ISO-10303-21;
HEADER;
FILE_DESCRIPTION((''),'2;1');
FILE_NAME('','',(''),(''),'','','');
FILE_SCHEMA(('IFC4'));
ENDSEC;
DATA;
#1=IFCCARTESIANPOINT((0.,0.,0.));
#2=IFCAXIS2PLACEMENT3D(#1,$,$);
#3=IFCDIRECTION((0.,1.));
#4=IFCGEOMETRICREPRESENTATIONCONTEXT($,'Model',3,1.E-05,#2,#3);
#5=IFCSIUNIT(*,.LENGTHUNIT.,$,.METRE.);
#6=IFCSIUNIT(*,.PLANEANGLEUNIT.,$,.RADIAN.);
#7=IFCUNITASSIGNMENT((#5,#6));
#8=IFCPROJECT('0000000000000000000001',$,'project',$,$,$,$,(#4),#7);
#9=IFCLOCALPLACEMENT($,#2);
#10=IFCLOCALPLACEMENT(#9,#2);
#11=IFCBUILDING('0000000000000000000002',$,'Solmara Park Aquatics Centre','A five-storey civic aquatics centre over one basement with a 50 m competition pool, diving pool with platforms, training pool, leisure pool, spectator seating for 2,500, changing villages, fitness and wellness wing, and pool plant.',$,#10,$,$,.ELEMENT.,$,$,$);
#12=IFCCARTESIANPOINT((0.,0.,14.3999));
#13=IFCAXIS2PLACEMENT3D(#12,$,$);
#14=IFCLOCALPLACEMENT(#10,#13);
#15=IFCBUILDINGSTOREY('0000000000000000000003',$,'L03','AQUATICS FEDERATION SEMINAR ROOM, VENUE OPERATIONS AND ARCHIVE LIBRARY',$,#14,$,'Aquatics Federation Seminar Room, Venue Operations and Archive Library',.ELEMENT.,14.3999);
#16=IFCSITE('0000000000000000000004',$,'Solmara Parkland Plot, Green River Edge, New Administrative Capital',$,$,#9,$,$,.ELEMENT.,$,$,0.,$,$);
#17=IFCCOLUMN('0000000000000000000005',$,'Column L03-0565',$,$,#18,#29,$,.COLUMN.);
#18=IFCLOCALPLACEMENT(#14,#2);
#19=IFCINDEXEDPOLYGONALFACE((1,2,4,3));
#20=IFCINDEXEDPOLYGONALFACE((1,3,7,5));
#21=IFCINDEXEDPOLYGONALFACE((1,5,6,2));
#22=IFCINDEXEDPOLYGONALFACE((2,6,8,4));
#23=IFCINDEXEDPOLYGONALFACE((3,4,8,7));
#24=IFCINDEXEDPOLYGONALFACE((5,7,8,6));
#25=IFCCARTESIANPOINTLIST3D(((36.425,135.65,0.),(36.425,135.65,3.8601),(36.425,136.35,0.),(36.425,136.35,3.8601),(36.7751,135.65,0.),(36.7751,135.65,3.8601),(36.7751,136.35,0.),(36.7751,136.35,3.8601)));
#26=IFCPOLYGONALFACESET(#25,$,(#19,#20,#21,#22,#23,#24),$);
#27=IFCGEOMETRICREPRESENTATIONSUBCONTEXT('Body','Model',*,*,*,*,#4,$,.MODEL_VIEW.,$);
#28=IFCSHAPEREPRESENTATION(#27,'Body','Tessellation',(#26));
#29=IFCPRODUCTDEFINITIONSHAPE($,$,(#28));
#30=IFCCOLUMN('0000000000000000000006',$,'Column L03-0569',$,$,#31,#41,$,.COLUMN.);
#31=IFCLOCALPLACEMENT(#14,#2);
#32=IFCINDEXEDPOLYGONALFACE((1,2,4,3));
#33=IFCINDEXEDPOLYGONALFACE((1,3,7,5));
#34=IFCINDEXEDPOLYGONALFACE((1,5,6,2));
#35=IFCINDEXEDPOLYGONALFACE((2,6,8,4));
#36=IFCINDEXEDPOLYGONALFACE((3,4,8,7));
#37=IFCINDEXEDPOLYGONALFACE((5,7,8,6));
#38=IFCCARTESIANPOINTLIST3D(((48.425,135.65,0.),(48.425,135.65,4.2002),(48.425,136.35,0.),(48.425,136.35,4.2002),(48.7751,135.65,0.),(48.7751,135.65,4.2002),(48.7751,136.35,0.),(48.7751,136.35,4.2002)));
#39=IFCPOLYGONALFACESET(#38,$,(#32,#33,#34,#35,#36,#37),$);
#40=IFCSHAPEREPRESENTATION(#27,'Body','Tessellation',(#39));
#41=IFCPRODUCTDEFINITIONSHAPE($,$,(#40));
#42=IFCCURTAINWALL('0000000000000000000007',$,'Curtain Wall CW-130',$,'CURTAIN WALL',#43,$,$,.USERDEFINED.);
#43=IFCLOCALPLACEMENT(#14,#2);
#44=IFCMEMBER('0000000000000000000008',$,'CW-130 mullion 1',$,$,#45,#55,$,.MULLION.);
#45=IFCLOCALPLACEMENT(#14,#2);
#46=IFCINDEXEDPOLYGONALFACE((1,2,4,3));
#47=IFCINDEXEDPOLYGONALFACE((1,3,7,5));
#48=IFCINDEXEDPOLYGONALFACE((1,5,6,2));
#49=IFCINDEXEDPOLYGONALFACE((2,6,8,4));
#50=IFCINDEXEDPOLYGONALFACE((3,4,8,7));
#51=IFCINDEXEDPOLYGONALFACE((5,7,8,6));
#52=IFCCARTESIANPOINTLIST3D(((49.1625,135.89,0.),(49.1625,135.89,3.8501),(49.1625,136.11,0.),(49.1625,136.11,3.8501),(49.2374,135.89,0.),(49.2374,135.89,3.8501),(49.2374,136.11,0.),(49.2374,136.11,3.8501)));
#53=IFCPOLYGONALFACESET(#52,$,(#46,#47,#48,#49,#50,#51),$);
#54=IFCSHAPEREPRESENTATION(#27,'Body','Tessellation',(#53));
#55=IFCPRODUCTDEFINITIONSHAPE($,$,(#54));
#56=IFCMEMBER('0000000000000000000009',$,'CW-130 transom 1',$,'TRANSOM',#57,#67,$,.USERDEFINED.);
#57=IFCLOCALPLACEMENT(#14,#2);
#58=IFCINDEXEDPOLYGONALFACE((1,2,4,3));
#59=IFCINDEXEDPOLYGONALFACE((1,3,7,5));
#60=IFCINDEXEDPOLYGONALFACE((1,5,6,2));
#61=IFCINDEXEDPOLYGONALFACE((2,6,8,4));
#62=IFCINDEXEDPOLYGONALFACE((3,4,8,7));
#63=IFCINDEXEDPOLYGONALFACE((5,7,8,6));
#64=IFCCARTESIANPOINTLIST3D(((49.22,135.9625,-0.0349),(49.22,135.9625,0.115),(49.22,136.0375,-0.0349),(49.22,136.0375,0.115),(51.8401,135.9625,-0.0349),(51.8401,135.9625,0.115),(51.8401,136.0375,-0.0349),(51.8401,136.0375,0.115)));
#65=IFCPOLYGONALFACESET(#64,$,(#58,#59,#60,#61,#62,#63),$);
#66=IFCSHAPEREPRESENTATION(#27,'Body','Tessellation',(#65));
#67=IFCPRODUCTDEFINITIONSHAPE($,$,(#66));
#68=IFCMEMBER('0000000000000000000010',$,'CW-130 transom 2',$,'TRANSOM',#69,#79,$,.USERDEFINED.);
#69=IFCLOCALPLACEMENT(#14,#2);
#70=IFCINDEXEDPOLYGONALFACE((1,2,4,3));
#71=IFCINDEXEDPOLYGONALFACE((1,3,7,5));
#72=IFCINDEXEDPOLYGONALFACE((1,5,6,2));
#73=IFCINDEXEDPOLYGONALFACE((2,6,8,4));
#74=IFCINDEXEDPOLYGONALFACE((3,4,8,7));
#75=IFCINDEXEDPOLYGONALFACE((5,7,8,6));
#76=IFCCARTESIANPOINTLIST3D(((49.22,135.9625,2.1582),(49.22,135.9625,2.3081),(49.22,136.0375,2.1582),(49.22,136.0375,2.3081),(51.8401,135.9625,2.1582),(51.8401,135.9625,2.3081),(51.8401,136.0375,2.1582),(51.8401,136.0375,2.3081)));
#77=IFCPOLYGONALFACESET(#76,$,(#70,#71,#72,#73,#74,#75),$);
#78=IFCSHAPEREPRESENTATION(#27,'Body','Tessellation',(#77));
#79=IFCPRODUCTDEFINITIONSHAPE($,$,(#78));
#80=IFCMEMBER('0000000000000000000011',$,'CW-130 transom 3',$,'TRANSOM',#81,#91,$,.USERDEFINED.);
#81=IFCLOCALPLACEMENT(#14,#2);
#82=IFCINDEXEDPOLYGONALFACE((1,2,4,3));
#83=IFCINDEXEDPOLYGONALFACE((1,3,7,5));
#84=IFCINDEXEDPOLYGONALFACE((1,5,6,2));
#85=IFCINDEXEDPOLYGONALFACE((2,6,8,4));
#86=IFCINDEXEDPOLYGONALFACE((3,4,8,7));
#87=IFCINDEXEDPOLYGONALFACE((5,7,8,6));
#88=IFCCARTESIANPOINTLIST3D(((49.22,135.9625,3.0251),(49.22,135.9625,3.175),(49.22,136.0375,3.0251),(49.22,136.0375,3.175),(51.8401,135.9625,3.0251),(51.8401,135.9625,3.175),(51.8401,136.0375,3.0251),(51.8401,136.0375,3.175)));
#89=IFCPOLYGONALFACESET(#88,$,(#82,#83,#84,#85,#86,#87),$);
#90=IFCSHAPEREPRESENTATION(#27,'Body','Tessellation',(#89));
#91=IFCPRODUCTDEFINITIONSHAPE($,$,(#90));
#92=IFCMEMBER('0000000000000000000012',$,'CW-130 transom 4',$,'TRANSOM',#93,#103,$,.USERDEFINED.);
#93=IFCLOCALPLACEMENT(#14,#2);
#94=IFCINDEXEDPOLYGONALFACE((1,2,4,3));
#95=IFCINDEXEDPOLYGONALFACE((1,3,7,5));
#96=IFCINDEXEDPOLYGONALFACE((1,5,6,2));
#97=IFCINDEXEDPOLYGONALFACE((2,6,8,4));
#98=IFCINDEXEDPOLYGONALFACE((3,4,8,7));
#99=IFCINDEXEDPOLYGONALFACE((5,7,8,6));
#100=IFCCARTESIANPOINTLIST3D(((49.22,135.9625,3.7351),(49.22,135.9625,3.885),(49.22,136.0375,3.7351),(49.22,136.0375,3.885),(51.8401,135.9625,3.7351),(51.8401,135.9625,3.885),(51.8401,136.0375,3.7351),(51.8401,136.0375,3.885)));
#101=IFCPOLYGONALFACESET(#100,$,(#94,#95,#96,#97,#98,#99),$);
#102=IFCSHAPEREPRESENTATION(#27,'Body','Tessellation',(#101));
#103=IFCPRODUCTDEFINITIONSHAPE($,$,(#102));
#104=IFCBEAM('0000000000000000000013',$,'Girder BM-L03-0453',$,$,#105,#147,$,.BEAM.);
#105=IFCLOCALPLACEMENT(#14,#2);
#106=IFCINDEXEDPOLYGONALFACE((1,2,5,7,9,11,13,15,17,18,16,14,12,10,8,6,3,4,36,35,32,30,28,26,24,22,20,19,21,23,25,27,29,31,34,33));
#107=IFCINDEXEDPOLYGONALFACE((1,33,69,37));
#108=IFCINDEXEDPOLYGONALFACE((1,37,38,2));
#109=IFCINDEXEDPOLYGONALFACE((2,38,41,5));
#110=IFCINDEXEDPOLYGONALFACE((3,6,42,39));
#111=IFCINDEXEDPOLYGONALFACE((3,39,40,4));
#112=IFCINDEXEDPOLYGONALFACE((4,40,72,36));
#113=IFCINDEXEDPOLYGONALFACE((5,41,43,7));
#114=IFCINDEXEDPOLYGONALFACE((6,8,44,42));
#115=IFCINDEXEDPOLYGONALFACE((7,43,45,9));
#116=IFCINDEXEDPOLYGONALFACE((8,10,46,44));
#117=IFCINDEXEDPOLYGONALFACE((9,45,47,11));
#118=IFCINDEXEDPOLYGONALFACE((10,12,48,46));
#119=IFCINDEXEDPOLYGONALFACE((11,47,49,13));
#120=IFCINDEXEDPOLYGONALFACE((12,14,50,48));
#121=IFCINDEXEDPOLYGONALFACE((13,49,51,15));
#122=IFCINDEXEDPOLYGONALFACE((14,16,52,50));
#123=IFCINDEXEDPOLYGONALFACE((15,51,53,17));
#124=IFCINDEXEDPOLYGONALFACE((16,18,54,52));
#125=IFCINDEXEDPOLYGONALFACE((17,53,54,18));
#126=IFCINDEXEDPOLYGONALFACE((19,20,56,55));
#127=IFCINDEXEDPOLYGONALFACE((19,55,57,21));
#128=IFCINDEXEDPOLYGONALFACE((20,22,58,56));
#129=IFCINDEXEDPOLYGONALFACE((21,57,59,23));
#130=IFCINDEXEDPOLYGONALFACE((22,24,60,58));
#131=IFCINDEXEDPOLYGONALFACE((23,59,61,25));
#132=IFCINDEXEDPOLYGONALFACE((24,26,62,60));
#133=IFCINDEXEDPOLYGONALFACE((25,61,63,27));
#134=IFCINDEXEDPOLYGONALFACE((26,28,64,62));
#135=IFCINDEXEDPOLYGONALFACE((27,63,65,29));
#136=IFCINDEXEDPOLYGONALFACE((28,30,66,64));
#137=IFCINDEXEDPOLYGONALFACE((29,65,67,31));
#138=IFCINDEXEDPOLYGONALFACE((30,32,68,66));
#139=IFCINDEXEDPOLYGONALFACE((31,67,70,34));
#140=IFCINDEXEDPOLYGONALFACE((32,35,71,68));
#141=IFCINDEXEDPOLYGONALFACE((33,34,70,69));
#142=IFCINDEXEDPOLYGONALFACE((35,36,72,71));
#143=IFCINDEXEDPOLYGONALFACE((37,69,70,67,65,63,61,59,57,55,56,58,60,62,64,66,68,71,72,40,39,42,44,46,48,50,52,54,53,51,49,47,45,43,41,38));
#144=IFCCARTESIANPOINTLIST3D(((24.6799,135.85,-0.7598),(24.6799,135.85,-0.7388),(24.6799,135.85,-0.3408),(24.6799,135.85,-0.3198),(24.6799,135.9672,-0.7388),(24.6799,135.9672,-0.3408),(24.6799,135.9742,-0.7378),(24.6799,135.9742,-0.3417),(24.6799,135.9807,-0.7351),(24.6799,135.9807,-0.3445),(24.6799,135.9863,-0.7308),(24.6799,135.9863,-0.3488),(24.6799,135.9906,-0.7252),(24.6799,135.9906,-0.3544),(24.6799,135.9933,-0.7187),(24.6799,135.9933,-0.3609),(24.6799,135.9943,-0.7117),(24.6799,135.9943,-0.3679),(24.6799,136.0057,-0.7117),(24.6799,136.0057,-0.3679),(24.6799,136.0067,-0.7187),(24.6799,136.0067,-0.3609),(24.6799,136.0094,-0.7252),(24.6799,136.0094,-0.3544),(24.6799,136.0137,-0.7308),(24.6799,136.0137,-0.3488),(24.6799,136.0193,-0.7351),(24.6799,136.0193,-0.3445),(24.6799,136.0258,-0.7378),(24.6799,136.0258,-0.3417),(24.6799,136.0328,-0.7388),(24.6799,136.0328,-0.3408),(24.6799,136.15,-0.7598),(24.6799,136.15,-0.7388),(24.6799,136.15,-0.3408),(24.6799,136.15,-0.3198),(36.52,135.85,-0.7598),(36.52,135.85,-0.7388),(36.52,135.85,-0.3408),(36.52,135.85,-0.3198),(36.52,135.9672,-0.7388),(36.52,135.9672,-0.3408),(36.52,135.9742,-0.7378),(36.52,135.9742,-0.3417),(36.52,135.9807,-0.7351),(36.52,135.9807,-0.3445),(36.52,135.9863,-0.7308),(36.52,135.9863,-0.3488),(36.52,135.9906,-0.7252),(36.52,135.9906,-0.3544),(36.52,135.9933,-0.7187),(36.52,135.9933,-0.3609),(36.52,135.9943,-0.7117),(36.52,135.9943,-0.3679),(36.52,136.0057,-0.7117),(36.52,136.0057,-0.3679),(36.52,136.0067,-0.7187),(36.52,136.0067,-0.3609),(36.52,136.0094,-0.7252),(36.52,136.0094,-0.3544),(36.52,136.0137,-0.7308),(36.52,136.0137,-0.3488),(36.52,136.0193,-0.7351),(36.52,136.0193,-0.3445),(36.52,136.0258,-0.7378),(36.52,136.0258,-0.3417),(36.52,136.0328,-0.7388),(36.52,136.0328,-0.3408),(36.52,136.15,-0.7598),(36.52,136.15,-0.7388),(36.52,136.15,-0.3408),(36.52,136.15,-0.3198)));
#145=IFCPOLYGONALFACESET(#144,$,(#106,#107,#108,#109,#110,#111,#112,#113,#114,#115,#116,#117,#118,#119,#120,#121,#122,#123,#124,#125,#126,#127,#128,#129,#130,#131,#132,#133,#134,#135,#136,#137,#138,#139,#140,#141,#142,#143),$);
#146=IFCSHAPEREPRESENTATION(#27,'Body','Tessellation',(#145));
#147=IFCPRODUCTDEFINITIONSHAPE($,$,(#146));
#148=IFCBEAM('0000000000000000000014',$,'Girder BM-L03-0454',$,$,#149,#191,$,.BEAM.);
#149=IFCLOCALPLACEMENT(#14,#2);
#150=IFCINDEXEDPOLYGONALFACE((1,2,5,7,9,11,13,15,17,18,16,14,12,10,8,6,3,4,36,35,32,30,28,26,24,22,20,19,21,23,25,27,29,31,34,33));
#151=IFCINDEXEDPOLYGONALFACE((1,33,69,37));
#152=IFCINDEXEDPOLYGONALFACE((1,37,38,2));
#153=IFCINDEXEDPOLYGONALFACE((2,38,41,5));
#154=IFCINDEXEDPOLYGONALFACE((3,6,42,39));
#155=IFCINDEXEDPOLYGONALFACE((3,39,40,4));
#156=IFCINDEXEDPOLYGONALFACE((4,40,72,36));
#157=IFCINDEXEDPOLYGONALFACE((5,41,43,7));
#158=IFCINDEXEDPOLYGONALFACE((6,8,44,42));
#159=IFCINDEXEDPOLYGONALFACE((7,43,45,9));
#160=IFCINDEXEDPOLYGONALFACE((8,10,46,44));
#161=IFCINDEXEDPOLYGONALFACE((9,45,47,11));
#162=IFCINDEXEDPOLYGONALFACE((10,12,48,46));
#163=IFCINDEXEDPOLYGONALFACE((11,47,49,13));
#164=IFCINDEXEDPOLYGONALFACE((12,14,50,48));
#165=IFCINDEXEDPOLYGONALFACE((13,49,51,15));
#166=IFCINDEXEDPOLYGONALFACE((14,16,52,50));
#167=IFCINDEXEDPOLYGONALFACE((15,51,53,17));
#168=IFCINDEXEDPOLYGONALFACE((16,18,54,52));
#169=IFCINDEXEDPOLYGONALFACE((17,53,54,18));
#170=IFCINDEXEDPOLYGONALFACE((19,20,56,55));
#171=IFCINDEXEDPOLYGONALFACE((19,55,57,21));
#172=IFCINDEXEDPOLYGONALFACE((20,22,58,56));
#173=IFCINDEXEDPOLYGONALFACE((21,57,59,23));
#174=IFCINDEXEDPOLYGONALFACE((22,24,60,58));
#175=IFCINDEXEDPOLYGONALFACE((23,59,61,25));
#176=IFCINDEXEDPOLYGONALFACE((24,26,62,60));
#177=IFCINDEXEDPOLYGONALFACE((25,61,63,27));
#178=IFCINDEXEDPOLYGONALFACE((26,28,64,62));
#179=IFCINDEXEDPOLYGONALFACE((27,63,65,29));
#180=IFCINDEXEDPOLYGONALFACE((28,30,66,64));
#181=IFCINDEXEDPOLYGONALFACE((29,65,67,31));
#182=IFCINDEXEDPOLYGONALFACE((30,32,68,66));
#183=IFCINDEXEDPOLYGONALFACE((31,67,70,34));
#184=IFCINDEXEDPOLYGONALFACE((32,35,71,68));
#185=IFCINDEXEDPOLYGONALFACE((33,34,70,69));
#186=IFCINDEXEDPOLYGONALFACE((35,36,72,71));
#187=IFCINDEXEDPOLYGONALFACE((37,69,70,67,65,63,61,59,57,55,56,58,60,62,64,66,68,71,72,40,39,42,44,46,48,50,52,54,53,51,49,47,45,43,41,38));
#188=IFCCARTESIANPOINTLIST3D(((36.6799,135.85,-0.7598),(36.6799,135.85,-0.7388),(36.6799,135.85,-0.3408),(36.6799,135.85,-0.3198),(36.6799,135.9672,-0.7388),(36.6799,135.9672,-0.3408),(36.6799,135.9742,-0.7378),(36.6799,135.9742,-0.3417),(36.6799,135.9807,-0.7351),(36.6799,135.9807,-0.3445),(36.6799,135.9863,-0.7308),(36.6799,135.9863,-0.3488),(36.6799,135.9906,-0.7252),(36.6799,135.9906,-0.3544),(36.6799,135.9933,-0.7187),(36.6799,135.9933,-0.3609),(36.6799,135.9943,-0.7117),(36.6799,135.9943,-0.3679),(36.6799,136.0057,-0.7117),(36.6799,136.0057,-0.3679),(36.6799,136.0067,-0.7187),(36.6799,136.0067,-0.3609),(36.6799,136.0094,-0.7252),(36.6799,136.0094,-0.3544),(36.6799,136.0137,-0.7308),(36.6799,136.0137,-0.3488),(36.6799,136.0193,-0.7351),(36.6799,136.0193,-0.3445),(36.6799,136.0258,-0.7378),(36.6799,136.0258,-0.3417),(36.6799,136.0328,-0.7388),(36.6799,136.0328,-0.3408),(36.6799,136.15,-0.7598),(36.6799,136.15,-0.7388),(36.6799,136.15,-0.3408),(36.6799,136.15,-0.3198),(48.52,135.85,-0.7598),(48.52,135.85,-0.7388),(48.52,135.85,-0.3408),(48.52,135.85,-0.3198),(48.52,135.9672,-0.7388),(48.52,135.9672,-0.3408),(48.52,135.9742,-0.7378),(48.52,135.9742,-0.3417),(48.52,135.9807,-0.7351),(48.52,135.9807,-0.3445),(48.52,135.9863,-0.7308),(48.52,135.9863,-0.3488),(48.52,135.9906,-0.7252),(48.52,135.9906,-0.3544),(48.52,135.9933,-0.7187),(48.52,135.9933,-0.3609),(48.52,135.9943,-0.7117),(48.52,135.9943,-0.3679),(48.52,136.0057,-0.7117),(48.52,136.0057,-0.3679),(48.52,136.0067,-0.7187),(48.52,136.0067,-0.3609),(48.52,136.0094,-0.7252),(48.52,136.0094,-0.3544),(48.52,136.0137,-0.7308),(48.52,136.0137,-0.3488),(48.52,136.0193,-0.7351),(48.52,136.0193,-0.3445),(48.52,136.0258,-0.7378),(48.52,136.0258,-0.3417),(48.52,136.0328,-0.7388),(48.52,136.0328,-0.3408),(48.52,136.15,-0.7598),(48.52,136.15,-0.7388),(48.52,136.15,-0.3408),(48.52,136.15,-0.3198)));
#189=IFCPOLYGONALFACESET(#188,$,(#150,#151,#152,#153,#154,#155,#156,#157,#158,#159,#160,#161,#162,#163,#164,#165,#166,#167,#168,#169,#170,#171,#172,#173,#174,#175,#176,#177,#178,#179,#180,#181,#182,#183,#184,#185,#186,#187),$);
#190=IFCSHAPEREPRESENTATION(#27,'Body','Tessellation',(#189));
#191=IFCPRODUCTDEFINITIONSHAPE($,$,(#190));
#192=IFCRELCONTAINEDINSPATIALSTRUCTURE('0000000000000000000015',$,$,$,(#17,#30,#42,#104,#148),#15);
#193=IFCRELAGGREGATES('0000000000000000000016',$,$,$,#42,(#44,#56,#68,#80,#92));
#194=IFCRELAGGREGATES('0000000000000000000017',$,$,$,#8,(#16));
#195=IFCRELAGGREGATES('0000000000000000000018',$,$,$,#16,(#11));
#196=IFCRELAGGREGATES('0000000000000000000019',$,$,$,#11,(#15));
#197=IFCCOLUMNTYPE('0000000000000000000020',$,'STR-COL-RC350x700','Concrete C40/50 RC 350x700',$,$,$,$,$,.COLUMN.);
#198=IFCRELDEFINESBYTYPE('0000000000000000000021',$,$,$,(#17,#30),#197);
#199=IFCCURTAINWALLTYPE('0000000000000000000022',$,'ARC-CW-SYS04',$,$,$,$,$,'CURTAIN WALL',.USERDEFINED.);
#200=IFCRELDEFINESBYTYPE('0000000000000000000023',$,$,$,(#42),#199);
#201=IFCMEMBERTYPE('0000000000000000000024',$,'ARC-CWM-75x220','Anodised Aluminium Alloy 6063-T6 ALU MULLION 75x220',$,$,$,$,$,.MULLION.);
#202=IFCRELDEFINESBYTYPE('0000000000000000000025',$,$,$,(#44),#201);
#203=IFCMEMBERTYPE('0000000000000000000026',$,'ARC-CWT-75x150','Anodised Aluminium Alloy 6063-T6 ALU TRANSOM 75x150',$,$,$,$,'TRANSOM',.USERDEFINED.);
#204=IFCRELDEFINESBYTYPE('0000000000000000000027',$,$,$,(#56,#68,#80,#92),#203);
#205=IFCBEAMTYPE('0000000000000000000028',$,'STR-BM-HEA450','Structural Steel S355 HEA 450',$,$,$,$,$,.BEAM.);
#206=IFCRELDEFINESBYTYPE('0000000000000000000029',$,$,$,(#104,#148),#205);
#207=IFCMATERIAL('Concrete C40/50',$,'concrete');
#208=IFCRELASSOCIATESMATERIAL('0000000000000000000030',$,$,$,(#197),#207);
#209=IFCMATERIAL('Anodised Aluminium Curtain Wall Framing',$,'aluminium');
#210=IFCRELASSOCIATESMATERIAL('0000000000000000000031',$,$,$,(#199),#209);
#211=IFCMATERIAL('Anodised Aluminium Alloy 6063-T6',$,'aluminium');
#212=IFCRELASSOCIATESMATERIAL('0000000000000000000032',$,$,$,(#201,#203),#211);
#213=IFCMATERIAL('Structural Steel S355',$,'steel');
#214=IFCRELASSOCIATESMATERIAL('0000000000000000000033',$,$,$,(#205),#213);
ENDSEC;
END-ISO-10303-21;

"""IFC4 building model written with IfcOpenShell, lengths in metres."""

from ifc_helpers import new_model, si_unit, direction, frame, origin, origin_2d, place, context, subcontext, project, spatial, rectangle, i_section, extrude, material, material_profile, profile_set, type_object, element, aggregate, save


model = new_model("IFC4")

# Units and contexts
model_context = context("Model", 3, precision=1e-05, world=origin(), true_north=direction((0.0, 1.0)))
body_context = subcontext(model_context, "Body", "Model", "MODEL_VIEW")
ifc_project = project(units=[si_unit("LENGTHUNIT", "METRE"), si_unit("PLANEANGLEUNIT", "RADIAN")], contexts=[model_context])

# Site, building, storey
site_placement = place(None, origin())
site = spatial("IfcSite", under=ifc_project, at=site_placement, Name="Solmara Parkland Plot, Green River Edge, New Administrative Capital", CompositionType="ELEMENT", RefElevation=0.0)
building_placement = place(site_placement, origin())
building = spatial("IfcBuilding", under=site, at=building_placement, Name="Solmara Park Aquatics Centre", Description="A five-storey civic aquatics centre over one basement with a 50 m competition pool, diving pool with platforms, training pool, leisure pool, spectator seating for 2,500, changing villages, fitness and wellness wing, and pool plant.", CompositionType="ELEMENT")
storey_placement = place(building_placement, frame((0.0, 0.0, 14.3999)))
storey = spatial("IfcBuildingStorey", under=building, at=storey_placement, Name="L03", Description="AQUATICS FEDERATION SEMINAR ROOM, VENUE OPERATIONS AND ARCHIVE LIBRARY", LongName="Aquatics Federation Seminar Room, Venue Operations and Archive Library", CompositionType="ELEMENT", Elevation=14.3999)

# Columns
ifc_material_1 = material(Name="Concrete C40/50", Category="concrete")
ifc_material_profile_1 = material_profile(ifc_material_1, rectangle(XDim=0.3501, YDim=0.7, at=origin_2d()), Name="RC 350x700")
ifc_profile_set_1 = profile_set([ifc_material_profile_1], Name="Concrete C40/50")
column_type = type_object("IfcColumnType", Name="STR-COL-RC350x700", Description="Concrete C40/50 RC 350x700", PredefinedType="COLUMN", material=ifc_profile_set_1)
column_1_placement = place(storey_placement, frame((36.6001, 136.0, 0.0), z_axis=(0.0, 0.0, 1.0), x_axis=(1.0, 0.0, 0.0)))
element("IfcColumn", 1, at=column_1_placement, inside=storey, type_object=column_type, Name="Column L03-0565", PredefinedType="COLUMN", context=body_context, shape_type="SweptSolid", body=[
    extrude(rectangle(XDim=0.3501, YDim=0.7, at=origin_2d()), origin(), (0.0, 0.0, 1.0), 3.8601),
])
column_2_placement = place(storey_placement, frame((48.6001, 136.0, 0.0), z_axis=(0.0, 0.0, 1.0), x_axis=(1.0, 0.0, 0.0)))
element("IfcColumn", 2, at=column_2_placement, inside=storey, type_object=column_type, Name="Column L03-0569", PredefinedType="COLUMN", context=body_context, shape_type="SweptSolid", body=[
    extrude(rectangle(XDim=0.3501, YDim=0.7, at=origin_2d()), origin(), (0.0, 0.0, 1.0), 4.2002),
])

# Curtain wall, members
ifc_material_2 = material(Name="Anodised Aluminium Curtain Wall Framing", Category="aluminium")
curtain_wall_type = type_object("IfcCurtainWallType", Name="ARC-CW-SYS04", ElementType="CURTAIN WALL", PredefinedType="USERDEFINED", material=ifc_material_2)
curtain_wall_placement = place(storey_placement, origin())
curtain_wall = element("IfcCurtainWall", 3, at=curtain_wall_placement, inside=storey, type_object=curtain_wall_type, Name="Curtain Wall CW-130", ObjectType="CURTAIN WALL", PredefinedType="USERDEFINED")
ifc_material_3 = material(Name="Anodised Aluminium Alloy 6063-T6", Category="aluminium")
ifc_material_profile_2 = material_profile(ifc_material_3, rectangle(XDim=0.075, YDim=0.22, at=origin_2d()), Name="ALU MULLION 75x220")
ifc_profile_set_2 = profile_set([ifc_material_profile_2], Name="Anodised Aluminium Alloy 6063-T6")
member_type_1 = type_object("IfcMemberType", Name="ARC-CWM-75x220", Description="Anodised Aluminium Alloy 6063-T6 ALU MULLION 75x220", PredefinedType="MULLION", material=ifc_profile_set_2)
member_1_placement = place(storey_placement, frame((49.2, 136.0, 0.0), z_axis=(0.0, 0.0, 1.0), x_axis=(1.0, 0.0, 0.0)))
member_1 = element("IfcMember", 4, at=member_1_placement, type_object=member_type_1, Name="CW-130 mullion 1", PredefinedType="MULLION", context=body_context, shape_type="SweptSolid", body=[
    extrude(rectangle(XDim=0.075, YDim=0.22, at=origin_2d()), origin(), (0.0, 0.0, 1.0), 3.8501),
])
ifc_material_profile_3 = material_profile(ifc_material_3, rectangle(XDim=0.075, YDim=0.1499, at=origin_2d()), Name="ALU TRANSOM 75x150")
ifc_profile_set_3 = profile_set([ifc_material_profile_3], Name="Anodised Aluminium Alloy 6063-T6")
member_type_2 = type_object("IfcMemberType", Name="ARC-CWT-75x150", Description="Anodised Aluminium Alloy 6063-T6 ALU TRANSOM 75x150", ElementType="TRANSOM", PredefinedType="USERDEFINED", material=ifc_profile_set_3)
member_2_placement = place(storey_placement, frame((49.22, 136.0, 0.04), z_axis=(1.0, 0.0, 0.0), x_axis=(0.0, 1.0, 0.0)))
member_2 = element("IfcMember", 5, at=member_2_placement, type_object=member_type_2, Name="CW-130 transom 1", ObjectType="TRANSOM", PredefinedType="USERDEFINED", context=body_context, shape_type="SweptSolid", body=[
    extrude(rectangle(XDim=0.075, YDim=0.1499, at=origin_2d()), origin(), (0.0, 0.0, 1.0), 2.6201),
])
member_3_placement = place(storey_placement, frame((49.22, 136.0, 2.2332), z_axis=(1.0, 0.0, 0.0), x_axis=(0.0, 1.0, 0.0)))
member_3 = element("IfcMember", 6, at=member_3_placement, type_object=member_type_2, Name="CW-130 transom 2", ObjectType="TRANSOM", PredefinedType="USERDEFINED", context=body_context, shape_type="SweptSolid", body=[
    extrude(rectangle(XDim=0.075, YDim=0.1499, at=origin_2d()), origin(), (0.0, 0.0, 1.0), 2.6201),
])
member_4_placement = place(storey_placement, frame((49.22, 136.0, 3.1001), z_axis=(1.0, 0.0, 0.0), x_axis=(0.0, 1.0, 0.0)))
member_4 = element("IfcMember", 7, at=member_4_placement, type_object=member_type_2, Name="CW-130 transom 3", ObjectType="TRANSOM", PredefinedType="USERDEFINED", context=body_context, shape_type="SweptSolid", body=[
    extrude(rectangle(XDim=0.075, YDim=0.1499, at=origin_2d()), origin(), (0.0, 0.0, 1.0), 2.6201),
])
member_5_placement = place(storey_placement, frame((49.22, 136.0, 3.8101), z_axis=(1.0, 0.0, 0.0), x_axis=(0.0, 1.0, 0.0)))
member_5 = element("IfcMember", 8, at=member_5_placement, type_object=member_type_2, Name="CW-130 transom 4", ObjectType="TRANSOM", PredefinedType="USERDEFINED", context=body_context, shape_type="SweptSolid", body=[
    extrude(rectangle(XDim=0.075, YDim=0.1499, at=origin_2d()), origin(), (0.0, 0.0, 1.0), 2.6201),
])
aggregate(curtain_wall, [member_1, member_2, member_3, member_4, member_5])

# Beams
ifc_material_4 = material(Name="Structural Steel S355", Category="steel")
ifc_material_profile_4 = material_profile(ifc_material_4, i_section(OverallWidth=0.3, OverallDepth=0.4399, WebThickness=0.0115, FlangeThickness=0.021, FilletRadius=0.0271, at=origin_2d()), Name="HEA 450")
ifc_profile_set_4 = profile_set([ifc_material_profile_4], Name="Structural Steel S355")
beam_type_1 = type_object("IfcBeamType", Name="STR-BM-HEA450", Description="Structural Steel S355 HEA 450", PredefinedType="BEAM", material=ifc_profile_set_4)
for number, where, z_axis, x_axis, name in (
    (9, (24.6799, 136.0, -0.5398), (1.0, 0.0, 0.0), (0.0, 1.0, 0.0), "Girder BM-L03-0453"),
    (10, (36.6799, 136.0, -0.5398), (1.0, 0.0, 0.0), (0.0, 1.0, 0.0), "Girder BM-L03-0454"),
):
    element("IfcBeam", number, at=place(storey_placement, frame(where, z_axis=z_axis, x_axis=x_axis)), inside=storey, type_object=beam_type_1, Name=name, PredefinedType="BEAM", context=body_context, shape_type="SweptSolid", body=[
        extrude(i_section(OverallWidth=0.3, OverallDepth=0.4399, WebThickness=0.0115, FlangeThickness=0.021, FilletRadius=0.0271, at=origin_2d()), origin(), (0.0, 0.0, 1.0), 11.8401),
    ])

save(model, "model.ifc")
